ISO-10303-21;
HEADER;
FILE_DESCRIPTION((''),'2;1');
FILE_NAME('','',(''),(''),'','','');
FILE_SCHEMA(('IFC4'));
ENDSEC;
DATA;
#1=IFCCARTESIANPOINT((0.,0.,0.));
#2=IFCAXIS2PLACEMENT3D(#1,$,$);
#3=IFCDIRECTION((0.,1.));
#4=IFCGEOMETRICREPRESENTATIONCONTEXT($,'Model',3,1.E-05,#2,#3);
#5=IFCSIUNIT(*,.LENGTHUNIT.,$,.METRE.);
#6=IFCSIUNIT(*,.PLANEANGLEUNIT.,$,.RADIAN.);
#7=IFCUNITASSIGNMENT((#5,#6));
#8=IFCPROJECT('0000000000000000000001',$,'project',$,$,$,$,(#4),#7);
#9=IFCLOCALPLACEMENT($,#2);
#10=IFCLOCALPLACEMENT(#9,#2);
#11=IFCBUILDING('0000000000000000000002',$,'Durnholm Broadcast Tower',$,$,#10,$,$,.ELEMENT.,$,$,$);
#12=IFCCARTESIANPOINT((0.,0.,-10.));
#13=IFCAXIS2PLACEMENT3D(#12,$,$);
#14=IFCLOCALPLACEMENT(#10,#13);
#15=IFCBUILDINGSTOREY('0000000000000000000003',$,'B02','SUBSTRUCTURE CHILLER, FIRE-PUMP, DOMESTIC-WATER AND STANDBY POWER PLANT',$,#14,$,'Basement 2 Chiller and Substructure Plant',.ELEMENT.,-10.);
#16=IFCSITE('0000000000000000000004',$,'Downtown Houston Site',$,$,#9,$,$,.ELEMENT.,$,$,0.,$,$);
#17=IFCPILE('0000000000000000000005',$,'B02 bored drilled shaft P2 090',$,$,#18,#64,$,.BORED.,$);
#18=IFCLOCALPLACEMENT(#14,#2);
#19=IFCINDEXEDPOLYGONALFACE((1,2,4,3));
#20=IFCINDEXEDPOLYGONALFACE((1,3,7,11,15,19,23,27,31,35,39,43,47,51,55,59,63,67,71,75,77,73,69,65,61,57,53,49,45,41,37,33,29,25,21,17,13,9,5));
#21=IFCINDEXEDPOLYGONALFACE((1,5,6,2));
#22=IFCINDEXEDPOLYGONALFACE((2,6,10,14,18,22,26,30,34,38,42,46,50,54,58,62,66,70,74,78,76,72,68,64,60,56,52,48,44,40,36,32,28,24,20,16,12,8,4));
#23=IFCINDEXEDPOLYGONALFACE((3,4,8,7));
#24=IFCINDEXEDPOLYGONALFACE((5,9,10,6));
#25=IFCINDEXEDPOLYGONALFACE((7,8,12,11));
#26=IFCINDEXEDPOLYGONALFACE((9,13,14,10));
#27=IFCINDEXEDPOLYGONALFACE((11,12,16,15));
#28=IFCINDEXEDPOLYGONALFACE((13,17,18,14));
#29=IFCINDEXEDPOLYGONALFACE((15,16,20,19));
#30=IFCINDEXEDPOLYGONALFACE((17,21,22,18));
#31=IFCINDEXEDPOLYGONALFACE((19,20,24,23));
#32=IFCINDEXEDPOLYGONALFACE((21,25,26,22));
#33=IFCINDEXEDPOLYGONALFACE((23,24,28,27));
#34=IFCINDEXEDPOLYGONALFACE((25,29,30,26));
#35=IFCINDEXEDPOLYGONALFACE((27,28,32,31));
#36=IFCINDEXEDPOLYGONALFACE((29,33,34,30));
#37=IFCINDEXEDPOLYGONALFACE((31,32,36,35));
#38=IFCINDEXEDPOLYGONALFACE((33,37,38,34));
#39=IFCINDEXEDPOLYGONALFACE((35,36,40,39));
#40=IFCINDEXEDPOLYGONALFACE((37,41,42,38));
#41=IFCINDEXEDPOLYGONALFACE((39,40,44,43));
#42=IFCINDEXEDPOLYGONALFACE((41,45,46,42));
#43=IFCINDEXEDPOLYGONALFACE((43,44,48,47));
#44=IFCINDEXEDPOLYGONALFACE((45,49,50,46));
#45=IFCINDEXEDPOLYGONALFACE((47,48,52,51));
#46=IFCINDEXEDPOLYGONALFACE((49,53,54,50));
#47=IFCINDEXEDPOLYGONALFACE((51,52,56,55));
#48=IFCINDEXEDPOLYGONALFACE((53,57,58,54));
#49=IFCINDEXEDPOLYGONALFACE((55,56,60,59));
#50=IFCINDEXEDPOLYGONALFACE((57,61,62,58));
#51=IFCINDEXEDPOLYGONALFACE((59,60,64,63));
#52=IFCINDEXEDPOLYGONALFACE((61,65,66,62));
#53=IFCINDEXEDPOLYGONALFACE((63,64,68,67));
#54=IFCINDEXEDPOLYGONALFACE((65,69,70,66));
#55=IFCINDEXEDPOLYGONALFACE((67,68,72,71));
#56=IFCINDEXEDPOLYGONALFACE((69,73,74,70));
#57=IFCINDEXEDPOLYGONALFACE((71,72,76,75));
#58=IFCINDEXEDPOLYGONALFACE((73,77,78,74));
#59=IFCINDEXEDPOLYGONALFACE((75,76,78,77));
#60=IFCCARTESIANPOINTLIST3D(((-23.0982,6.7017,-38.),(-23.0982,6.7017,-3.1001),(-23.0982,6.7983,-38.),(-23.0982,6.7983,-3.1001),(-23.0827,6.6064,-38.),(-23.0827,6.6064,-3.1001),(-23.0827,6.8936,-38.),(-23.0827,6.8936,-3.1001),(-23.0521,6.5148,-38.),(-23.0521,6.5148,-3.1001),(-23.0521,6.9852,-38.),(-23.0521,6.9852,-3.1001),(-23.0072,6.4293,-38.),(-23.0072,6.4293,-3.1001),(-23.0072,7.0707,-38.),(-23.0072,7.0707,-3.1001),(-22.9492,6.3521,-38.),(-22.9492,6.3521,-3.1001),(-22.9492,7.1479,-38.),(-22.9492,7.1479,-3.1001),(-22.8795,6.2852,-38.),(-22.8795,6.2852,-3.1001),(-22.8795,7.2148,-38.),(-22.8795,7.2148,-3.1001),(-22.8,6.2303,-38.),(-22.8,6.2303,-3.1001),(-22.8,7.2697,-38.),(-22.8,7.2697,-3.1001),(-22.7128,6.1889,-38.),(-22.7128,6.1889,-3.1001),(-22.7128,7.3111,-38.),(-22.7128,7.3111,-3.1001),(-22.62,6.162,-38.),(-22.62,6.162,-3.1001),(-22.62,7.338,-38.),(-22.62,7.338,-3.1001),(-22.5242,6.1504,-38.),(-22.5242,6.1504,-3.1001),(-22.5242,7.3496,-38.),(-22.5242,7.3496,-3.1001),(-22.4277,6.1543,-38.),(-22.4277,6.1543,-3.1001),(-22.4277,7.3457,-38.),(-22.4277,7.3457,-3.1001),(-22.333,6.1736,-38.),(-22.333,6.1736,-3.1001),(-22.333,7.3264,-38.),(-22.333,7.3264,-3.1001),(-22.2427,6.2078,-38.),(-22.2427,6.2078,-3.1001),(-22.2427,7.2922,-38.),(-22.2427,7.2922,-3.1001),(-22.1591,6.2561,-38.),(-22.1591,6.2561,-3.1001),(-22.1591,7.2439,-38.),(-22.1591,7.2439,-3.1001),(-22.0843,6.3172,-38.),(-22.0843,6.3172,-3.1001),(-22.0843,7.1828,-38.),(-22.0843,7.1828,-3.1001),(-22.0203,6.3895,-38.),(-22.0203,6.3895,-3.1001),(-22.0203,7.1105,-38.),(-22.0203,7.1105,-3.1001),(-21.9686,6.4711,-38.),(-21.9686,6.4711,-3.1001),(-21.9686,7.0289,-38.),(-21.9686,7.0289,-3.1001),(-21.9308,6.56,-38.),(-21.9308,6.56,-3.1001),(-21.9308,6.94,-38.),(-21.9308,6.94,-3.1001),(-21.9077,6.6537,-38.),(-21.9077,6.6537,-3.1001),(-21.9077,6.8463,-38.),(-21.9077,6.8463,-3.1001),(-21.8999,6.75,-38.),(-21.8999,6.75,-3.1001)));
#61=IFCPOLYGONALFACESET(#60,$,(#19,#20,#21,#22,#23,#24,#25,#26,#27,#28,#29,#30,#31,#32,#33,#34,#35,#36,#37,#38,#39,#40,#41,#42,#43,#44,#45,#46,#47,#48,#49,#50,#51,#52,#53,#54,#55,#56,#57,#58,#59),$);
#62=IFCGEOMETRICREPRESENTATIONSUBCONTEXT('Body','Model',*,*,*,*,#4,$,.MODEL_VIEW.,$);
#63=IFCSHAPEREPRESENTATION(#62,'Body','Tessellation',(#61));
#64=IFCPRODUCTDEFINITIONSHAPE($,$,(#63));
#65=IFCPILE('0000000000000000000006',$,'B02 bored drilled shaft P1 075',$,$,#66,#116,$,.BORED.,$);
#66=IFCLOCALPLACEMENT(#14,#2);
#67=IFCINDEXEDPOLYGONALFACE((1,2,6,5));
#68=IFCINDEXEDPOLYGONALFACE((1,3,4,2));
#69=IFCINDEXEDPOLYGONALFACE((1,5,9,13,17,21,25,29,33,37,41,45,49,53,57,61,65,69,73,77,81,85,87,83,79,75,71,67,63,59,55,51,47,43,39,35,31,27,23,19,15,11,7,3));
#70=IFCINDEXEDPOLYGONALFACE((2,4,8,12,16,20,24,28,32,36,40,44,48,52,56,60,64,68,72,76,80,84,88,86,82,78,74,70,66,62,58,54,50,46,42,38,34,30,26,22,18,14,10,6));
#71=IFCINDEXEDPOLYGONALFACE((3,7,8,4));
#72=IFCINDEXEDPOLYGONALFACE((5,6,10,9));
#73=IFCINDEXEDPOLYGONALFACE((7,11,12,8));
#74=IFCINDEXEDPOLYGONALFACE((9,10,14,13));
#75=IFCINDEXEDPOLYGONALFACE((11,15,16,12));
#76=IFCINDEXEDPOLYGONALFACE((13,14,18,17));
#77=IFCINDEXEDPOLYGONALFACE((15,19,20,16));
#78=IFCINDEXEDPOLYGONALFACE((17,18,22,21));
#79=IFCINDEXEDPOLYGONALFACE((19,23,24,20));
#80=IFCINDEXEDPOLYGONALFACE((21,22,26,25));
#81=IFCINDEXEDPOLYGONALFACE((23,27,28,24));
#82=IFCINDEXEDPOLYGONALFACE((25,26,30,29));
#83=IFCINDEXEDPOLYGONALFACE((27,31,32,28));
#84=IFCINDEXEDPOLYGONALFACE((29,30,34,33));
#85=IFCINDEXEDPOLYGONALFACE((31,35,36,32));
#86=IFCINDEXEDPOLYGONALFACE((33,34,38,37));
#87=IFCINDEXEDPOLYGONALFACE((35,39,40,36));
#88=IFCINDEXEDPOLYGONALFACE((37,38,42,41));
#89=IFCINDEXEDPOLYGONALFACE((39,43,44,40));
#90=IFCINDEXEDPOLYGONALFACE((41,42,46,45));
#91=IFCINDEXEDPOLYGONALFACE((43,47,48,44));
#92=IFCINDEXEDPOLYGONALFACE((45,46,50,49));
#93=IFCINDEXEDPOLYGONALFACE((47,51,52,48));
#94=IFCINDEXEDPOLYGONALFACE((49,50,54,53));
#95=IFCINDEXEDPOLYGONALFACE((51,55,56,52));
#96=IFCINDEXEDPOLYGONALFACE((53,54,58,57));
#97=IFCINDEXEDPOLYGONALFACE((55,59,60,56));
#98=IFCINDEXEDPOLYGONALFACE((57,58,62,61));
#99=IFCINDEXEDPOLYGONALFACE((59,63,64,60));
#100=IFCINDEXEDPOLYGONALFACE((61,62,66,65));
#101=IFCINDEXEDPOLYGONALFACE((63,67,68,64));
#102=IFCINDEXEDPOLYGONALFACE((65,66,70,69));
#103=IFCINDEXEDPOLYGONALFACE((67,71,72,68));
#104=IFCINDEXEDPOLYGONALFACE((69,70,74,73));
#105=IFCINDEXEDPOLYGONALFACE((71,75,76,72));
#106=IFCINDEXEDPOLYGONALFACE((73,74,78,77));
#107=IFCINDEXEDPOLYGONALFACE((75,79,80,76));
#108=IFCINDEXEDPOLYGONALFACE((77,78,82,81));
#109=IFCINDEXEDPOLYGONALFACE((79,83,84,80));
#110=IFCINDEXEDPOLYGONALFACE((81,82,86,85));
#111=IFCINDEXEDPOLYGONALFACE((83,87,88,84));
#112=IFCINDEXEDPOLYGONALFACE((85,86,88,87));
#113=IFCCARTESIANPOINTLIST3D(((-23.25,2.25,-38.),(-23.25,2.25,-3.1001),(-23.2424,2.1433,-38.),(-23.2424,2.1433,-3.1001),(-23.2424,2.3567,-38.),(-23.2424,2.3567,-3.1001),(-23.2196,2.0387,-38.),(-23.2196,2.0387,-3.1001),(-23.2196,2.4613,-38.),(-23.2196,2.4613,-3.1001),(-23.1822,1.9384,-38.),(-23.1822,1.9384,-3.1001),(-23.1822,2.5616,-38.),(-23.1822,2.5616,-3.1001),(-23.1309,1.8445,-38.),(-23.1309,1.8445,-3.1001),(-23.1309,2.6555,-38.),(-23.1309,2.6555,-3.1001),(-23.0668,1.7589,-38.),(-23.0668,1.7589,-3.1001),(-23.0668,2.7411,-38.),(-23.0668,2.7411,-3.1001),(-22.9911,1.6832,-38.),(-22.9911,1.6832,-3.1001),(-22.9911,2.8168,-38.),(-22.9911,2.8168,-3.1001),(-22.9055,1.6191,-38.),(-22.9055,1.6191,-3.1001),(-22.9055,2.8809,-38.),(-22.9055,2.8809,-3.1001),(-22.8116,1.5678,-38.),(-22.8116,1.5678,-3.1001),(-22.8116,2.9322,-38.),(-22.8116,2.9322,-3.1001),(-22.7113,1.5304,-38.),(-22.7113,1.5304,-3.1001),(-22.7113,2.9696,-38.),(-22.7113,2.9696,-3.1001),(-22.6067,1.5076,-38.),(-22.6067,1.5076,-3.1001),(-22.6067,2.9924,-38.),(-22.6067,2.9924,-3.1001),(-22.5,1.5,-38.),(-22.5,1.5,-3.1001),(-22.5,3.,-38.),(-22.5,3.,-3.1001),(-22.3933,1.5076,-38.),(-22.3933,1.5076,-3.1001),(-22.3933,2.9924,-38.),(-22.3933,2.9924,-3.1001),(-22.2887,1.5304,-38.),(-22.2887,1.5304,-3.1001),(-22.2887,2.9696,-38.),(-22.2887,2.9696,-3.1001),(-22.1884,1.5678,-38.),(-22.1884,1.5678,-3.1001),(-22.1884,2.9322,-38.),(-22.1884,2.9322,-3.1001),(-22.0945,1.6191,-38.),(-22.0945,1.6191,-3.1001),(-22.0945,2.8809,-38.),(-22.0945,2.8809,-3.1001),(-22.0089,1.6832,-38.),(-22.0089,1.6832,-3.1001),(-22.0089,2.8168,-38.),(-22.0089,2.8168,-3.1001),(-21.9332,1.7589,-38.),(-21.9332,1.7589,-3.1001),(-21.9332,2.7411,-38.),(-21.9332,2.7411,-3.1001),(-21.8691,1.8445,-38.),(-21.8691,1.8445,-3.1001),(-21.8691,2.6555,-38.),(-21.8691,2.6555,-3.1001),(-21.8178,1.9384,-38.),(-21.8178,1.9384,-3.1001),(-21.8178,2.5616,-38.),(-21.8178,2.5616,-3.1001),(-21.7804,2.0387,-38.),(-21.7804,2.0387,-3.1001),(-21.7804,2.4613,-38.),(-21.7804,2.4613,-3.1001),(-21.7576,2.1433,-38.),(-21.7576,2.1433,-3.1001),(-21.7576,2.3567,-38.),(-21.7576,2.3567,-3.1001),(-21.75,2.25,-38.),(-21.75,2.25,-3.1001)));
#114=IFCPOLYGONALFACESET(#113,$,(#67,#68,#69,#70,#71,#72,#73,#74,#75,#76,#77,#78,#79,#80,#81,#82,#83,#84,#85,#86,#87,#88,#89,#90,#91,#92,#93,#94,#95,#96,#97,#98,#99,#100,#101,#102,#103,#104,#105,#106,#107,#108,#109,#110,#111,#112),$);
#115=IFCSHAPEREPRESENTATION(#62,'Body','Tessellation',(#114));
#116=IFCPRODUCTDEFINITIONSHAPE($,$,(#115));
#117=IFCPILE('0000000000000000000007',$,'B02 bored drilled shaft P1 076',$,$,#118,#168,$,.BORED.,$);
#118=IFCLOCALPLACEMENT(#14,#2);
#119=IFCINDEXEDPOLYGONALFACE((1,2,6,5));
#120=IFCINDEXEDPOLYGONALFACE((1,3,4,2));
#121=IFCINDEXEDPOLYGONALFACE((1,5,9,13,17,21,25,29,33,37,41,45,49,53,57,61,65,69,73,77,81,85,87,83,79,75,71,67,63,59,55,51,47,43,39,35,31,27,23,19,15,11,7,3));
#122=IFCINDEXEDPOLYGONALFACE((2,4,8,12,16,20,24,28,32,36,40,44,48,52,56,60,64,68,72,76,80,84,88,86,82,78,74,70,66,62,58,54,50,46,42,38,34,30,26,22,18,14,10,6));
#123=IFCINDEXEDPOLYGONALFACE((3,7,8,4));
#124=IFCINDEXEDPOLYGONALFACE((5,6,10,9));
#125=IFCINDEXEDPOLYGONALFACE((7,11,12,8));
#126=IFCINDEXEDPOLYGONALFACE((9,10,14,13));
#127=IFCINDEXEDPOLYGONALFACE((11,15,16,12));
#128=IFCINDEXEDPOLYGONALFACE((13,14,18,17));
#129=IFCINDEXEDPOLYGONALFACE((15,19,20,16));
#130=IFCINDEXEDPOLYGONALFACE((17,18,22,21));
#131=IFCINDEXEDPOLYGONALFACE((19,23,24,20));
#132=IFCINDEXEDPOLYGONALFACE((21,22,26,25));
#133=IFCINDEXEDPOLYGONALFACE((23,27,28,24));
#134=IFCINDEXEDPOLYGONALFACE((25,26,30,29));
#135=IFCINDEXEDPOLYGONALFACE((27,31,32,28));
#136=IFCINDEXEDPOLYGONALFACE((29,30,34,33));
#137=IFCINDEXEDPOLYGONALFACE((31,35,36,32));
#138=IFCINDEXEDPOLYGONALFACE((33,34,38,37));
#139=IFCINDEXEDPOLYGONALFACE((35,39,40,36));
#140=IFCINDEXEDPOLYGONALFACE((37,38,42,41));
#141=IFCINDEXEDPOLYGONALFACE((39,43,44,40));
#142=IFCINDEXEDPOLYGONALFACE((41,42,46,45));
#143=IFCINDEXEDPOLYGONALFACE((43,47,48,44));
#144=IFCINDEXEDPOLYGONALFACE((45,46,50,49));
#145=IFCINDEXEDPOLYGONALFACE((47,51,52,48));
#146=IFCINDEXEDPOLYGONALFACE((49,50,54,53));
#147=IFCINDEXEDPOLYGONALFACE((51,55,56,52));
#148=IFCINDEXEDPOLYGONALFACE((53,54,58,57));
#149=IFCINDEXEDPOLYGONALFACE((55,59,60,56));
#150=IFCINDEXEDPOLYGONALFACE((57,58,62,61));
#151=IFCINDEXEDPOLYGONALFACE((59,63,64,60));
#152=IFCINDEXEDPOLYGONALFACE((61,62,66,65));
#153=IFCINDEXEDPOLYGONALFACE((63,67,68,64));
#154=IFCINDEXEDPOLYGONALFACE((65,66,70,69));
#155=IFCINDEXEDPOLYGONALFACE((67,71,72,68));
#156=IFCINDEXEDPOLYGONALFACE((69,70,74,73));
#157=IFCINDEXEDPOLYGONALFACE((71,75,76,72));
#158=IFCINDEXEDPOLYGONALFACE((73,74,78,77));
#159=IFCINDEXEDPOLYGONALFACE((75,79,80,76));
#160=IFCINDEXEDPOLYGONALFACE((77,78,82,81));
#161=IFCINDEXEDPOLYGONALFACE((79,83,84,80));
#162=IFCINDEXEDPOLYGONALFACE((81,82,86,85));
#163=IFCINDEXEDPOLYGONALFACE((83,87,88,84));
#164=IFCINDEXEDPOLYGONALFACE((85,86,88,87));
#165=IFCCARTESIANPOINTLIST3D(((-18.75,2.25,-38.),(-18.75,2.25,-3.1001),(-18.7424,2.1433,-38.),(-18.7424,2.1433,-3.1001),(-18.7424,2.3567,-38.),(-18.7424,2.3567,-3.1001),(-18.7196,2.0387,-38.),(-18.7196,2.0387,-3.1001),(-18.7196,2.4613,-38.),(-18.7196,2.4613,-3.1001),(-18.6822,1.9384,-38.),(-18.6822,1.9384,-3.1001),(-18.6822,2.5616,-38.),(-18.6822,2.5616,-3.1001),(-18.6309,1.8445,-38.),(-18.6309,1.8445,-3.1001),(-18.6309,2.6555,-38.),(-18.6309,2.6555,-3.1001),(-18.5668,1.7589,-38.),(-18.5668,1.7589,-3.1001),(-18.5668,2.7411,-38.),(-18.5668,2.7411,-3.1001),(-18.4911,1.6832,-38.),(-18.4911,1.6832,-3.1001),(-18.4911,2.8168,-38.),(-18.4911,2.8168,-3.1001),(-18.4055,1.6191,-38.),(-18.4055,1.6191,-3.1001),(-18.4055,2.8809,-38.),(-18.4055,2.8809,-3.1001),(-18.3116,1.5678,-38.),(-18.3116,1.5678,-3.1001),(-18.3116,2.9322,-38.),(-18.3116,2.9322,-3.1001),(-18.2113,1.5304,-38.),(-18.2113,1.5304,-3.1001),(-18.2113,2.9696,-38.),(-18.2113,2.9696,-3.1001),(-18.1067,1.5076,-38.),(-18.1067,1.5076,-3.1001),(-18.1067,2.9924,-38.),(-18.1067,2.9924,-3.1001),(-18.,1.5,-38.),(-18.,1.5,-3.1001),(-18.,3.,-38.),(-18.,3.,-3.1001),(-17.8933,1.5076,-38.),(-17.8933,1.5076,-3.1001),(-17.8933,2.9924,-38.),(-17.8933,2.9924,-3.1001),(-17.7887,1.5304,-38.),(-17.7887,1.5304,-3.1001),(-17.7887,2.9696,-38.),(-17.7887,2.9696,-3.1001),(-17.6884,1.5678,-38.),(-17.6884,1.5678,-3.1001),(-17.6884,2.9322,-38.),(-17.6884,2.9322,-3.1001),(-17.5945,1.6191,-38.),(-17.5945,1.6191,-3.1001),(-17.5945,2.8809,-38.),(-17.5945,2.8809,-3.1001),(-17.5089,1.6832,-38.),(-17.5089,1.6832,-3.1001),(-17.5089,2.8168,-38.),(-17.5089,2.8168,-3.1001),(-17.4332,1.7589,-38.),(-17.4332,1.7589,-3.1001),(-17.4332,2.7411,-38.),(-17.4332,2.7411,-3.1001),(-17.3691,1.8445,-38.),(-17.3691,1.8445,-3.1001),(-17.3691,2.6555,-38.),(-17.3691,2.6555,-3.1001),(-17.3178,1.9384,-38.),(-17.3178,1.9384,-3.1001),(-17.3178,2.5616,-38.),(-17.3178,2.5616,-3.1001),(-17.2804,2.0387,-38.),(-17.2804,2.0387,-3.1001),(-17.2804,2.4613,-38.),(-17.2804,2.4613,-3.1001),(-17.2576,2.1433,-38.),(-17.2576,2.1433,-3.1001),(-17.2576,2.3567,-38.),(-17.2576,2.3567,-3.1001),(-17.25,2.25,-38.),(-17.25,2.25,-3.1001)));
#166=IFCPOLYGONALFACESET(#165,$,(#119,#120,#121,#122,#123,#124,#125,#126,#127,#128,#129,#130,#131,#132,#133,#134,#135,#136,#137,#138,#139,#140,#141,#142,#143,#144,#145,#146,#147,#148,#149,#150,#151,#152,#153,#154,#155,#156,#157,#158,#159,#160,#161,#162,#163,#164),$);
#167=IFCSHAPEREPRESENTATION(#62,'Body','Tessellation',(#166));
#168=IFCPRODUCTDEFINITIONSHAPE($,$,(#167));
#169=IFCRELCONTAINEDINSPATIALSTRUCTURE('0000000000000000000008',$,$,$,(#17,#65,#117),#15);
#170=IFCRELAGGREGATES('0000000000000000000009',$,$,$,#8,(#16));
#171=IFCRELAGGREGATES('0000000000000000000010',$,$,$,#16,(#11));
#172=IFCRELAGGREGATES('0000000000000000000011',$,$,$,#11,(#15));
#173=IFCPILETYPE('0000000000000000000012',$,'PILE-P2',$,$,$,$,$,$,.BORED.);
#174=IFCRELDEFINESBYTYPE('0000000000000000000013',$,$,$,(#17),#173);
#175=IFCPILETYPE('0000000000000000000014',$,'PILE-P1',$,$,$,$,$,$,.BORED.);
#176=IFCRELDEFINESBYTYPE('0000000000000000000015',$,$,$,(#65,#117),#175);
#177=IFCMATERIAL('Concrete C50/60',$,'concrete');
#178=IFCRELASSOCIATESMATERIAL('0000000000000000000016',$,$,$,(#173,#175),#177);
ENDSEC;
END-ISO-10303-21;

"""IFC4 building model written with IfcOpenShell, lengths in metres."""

from ifc_helpers import new_model, si_unit, direction, frame, origin, origin_2d, place, context, subcontext, project, spatial, circle, extrude, source, transform, mapped, material, material_profile, profile_set, type_object, type_shapes, element, save


model = new_model("IFC4")

# Units and contexts
model_context = context("Model", 3, precision=1e-05, world=origin(), true_north=direction((0.0, 1.0)))
body_context = subcontext(model_context, "Body", "Model", "MODEL_VIEW")
ifc_project = project(units=[si_unit("LENGTHUNIT", "METRE"), si_unit("PLANEANGLEUNIT", "RADIAN")], contexts=[model_context])

# Site, building, storey
site_placement = place(None, origin())
site = spatial("IfcSite", under=ifc_project, at=site_placement, Name="Downtown Houston Site", CompositionType="ELEMENT", RefElevation=0.0)
building_placement = place(site_placement, origin())
building = spatial("IfcBuilding", under=site, at=building_placement, Name="Durnholm Broadcast Tower", CompositionType="ELEMENT")
storey_placement = place(building_placement, frame((0.0, 0.0, -10.0)))
storey = spatial("IfcBuildingStorey", under=building, at=storey_placement, Name="B02", Description="SUBSTRUCTURE CHILLER, FIRE-PUMP, DOMESTIC-WATER AND STANDBY POWER PLANT", LongName="Basement 2 Chiller and Substructure Plant", CompositionType="ELEMENT", Elevation=-10.0)

# Piles
ifc_material_1 = material(Name="Concrete C50/60", Category="concrete")
ifc_material_profile_1 = material_profile(ifc_material_1, circle(Radius=0.6001, at=origin_2d()), Name="PILE1200")
ifc_profile_set_1 = profile_set([ifc_material_profile_1], Name="Concrete C50/60")
pile_type_1 = type_object("IfcPileType", Name="PILE-P2", PredefinedType="BORED", material=ifc_profile_set_1)
shared_shape_1 = source(origin(), body_context, "Body", "SweptSolid", [
    extrude(circle(Radius=0.6001, at=origin_2d()), origin(), (0.0, 0.0, 1.0), 34.8999),
])
type_shapes(pile_type_1, [shared_shape_1])
for number, where, z_axis, x_axis, name in (
    (1, (-22.5, 6.75, -3.1001), (0.0, 0.0, -1.0), (1.0, 0.0, 0.0), "B02 bored drilled shaft P2 090"),
):
    element("IfcPile", number, at=place(storey_placement, frame(where, z_axis=z_axis, x_axis=x_axis)), inside=storey, type_object=pile_type_1, Name=name, PredefinedType="BORED", context=body_context, shape_type="MappedRepresentation", body=[
        mapped(shared_shape_1, transform((0.0, 0.0, 0.0), x_axis=(1.0, 0.0, 0.0), y_axis=(0.0, 1.0, 0.0), z_axis=(0.0, 0.0, 1.0), scale=1.0)),
    ])
ifc_material_profile_2 = material_profile(ifc_material_1, circle(Radius=0.75, at=origin_2d()), Name="PILE1500")
ifc_profile_set_2 = profile_set([ifc_material_profile_2], Name="Concrete C50/60")
pile_type_2 = type_object("IfcPileType", Name="PILE-P1", PredefinedType="BORED", material=ifc_profile_set_2)
shared_shape_2 = source(origin(), body_context, "Body", "SweptSolid", [
    extrude(circle(Radius=0.75, at=origin_2d()), origin(), (0.0, 0.0, 1.0), 34.8999),
])
type_shapes(pile_type_2, [shared_shape_2])
for number, where, z_axis, x_axis, name in (
    (2, (-22.5, 2.25, -3.1001), (0.0, 0.0, -1.0), (1.0, 0.0, 0.0), "B02 bored drilled shaft P1 075"),
    (3, (-18.0, 2.25, -3.1001), (0.0, 0.0, -1.0), (1.0, 0.0, 0.0), "B02 bored drilled shaft P1 076"),
):
    element("IfcPile", number, at=place(storey_placement, frame(where, z_axis=z_axis, x_axis=x_axis)), inside=storey, type_object=pile_type_2, Name=name, PredefinedType="BORED", context=body_context, shape_type="MappedRepresentation", body=[
        mapped(shared_shape_2, transform((0.0, 0.0, 0.0), x_axis=(1.0, 0.0, 0.0), y_axis=(0.0, 1.0, 0.0), z_axis=(0.0, 0.0, 1.0), scale=1.0)),
    ])

save(model, "model.ifc")
